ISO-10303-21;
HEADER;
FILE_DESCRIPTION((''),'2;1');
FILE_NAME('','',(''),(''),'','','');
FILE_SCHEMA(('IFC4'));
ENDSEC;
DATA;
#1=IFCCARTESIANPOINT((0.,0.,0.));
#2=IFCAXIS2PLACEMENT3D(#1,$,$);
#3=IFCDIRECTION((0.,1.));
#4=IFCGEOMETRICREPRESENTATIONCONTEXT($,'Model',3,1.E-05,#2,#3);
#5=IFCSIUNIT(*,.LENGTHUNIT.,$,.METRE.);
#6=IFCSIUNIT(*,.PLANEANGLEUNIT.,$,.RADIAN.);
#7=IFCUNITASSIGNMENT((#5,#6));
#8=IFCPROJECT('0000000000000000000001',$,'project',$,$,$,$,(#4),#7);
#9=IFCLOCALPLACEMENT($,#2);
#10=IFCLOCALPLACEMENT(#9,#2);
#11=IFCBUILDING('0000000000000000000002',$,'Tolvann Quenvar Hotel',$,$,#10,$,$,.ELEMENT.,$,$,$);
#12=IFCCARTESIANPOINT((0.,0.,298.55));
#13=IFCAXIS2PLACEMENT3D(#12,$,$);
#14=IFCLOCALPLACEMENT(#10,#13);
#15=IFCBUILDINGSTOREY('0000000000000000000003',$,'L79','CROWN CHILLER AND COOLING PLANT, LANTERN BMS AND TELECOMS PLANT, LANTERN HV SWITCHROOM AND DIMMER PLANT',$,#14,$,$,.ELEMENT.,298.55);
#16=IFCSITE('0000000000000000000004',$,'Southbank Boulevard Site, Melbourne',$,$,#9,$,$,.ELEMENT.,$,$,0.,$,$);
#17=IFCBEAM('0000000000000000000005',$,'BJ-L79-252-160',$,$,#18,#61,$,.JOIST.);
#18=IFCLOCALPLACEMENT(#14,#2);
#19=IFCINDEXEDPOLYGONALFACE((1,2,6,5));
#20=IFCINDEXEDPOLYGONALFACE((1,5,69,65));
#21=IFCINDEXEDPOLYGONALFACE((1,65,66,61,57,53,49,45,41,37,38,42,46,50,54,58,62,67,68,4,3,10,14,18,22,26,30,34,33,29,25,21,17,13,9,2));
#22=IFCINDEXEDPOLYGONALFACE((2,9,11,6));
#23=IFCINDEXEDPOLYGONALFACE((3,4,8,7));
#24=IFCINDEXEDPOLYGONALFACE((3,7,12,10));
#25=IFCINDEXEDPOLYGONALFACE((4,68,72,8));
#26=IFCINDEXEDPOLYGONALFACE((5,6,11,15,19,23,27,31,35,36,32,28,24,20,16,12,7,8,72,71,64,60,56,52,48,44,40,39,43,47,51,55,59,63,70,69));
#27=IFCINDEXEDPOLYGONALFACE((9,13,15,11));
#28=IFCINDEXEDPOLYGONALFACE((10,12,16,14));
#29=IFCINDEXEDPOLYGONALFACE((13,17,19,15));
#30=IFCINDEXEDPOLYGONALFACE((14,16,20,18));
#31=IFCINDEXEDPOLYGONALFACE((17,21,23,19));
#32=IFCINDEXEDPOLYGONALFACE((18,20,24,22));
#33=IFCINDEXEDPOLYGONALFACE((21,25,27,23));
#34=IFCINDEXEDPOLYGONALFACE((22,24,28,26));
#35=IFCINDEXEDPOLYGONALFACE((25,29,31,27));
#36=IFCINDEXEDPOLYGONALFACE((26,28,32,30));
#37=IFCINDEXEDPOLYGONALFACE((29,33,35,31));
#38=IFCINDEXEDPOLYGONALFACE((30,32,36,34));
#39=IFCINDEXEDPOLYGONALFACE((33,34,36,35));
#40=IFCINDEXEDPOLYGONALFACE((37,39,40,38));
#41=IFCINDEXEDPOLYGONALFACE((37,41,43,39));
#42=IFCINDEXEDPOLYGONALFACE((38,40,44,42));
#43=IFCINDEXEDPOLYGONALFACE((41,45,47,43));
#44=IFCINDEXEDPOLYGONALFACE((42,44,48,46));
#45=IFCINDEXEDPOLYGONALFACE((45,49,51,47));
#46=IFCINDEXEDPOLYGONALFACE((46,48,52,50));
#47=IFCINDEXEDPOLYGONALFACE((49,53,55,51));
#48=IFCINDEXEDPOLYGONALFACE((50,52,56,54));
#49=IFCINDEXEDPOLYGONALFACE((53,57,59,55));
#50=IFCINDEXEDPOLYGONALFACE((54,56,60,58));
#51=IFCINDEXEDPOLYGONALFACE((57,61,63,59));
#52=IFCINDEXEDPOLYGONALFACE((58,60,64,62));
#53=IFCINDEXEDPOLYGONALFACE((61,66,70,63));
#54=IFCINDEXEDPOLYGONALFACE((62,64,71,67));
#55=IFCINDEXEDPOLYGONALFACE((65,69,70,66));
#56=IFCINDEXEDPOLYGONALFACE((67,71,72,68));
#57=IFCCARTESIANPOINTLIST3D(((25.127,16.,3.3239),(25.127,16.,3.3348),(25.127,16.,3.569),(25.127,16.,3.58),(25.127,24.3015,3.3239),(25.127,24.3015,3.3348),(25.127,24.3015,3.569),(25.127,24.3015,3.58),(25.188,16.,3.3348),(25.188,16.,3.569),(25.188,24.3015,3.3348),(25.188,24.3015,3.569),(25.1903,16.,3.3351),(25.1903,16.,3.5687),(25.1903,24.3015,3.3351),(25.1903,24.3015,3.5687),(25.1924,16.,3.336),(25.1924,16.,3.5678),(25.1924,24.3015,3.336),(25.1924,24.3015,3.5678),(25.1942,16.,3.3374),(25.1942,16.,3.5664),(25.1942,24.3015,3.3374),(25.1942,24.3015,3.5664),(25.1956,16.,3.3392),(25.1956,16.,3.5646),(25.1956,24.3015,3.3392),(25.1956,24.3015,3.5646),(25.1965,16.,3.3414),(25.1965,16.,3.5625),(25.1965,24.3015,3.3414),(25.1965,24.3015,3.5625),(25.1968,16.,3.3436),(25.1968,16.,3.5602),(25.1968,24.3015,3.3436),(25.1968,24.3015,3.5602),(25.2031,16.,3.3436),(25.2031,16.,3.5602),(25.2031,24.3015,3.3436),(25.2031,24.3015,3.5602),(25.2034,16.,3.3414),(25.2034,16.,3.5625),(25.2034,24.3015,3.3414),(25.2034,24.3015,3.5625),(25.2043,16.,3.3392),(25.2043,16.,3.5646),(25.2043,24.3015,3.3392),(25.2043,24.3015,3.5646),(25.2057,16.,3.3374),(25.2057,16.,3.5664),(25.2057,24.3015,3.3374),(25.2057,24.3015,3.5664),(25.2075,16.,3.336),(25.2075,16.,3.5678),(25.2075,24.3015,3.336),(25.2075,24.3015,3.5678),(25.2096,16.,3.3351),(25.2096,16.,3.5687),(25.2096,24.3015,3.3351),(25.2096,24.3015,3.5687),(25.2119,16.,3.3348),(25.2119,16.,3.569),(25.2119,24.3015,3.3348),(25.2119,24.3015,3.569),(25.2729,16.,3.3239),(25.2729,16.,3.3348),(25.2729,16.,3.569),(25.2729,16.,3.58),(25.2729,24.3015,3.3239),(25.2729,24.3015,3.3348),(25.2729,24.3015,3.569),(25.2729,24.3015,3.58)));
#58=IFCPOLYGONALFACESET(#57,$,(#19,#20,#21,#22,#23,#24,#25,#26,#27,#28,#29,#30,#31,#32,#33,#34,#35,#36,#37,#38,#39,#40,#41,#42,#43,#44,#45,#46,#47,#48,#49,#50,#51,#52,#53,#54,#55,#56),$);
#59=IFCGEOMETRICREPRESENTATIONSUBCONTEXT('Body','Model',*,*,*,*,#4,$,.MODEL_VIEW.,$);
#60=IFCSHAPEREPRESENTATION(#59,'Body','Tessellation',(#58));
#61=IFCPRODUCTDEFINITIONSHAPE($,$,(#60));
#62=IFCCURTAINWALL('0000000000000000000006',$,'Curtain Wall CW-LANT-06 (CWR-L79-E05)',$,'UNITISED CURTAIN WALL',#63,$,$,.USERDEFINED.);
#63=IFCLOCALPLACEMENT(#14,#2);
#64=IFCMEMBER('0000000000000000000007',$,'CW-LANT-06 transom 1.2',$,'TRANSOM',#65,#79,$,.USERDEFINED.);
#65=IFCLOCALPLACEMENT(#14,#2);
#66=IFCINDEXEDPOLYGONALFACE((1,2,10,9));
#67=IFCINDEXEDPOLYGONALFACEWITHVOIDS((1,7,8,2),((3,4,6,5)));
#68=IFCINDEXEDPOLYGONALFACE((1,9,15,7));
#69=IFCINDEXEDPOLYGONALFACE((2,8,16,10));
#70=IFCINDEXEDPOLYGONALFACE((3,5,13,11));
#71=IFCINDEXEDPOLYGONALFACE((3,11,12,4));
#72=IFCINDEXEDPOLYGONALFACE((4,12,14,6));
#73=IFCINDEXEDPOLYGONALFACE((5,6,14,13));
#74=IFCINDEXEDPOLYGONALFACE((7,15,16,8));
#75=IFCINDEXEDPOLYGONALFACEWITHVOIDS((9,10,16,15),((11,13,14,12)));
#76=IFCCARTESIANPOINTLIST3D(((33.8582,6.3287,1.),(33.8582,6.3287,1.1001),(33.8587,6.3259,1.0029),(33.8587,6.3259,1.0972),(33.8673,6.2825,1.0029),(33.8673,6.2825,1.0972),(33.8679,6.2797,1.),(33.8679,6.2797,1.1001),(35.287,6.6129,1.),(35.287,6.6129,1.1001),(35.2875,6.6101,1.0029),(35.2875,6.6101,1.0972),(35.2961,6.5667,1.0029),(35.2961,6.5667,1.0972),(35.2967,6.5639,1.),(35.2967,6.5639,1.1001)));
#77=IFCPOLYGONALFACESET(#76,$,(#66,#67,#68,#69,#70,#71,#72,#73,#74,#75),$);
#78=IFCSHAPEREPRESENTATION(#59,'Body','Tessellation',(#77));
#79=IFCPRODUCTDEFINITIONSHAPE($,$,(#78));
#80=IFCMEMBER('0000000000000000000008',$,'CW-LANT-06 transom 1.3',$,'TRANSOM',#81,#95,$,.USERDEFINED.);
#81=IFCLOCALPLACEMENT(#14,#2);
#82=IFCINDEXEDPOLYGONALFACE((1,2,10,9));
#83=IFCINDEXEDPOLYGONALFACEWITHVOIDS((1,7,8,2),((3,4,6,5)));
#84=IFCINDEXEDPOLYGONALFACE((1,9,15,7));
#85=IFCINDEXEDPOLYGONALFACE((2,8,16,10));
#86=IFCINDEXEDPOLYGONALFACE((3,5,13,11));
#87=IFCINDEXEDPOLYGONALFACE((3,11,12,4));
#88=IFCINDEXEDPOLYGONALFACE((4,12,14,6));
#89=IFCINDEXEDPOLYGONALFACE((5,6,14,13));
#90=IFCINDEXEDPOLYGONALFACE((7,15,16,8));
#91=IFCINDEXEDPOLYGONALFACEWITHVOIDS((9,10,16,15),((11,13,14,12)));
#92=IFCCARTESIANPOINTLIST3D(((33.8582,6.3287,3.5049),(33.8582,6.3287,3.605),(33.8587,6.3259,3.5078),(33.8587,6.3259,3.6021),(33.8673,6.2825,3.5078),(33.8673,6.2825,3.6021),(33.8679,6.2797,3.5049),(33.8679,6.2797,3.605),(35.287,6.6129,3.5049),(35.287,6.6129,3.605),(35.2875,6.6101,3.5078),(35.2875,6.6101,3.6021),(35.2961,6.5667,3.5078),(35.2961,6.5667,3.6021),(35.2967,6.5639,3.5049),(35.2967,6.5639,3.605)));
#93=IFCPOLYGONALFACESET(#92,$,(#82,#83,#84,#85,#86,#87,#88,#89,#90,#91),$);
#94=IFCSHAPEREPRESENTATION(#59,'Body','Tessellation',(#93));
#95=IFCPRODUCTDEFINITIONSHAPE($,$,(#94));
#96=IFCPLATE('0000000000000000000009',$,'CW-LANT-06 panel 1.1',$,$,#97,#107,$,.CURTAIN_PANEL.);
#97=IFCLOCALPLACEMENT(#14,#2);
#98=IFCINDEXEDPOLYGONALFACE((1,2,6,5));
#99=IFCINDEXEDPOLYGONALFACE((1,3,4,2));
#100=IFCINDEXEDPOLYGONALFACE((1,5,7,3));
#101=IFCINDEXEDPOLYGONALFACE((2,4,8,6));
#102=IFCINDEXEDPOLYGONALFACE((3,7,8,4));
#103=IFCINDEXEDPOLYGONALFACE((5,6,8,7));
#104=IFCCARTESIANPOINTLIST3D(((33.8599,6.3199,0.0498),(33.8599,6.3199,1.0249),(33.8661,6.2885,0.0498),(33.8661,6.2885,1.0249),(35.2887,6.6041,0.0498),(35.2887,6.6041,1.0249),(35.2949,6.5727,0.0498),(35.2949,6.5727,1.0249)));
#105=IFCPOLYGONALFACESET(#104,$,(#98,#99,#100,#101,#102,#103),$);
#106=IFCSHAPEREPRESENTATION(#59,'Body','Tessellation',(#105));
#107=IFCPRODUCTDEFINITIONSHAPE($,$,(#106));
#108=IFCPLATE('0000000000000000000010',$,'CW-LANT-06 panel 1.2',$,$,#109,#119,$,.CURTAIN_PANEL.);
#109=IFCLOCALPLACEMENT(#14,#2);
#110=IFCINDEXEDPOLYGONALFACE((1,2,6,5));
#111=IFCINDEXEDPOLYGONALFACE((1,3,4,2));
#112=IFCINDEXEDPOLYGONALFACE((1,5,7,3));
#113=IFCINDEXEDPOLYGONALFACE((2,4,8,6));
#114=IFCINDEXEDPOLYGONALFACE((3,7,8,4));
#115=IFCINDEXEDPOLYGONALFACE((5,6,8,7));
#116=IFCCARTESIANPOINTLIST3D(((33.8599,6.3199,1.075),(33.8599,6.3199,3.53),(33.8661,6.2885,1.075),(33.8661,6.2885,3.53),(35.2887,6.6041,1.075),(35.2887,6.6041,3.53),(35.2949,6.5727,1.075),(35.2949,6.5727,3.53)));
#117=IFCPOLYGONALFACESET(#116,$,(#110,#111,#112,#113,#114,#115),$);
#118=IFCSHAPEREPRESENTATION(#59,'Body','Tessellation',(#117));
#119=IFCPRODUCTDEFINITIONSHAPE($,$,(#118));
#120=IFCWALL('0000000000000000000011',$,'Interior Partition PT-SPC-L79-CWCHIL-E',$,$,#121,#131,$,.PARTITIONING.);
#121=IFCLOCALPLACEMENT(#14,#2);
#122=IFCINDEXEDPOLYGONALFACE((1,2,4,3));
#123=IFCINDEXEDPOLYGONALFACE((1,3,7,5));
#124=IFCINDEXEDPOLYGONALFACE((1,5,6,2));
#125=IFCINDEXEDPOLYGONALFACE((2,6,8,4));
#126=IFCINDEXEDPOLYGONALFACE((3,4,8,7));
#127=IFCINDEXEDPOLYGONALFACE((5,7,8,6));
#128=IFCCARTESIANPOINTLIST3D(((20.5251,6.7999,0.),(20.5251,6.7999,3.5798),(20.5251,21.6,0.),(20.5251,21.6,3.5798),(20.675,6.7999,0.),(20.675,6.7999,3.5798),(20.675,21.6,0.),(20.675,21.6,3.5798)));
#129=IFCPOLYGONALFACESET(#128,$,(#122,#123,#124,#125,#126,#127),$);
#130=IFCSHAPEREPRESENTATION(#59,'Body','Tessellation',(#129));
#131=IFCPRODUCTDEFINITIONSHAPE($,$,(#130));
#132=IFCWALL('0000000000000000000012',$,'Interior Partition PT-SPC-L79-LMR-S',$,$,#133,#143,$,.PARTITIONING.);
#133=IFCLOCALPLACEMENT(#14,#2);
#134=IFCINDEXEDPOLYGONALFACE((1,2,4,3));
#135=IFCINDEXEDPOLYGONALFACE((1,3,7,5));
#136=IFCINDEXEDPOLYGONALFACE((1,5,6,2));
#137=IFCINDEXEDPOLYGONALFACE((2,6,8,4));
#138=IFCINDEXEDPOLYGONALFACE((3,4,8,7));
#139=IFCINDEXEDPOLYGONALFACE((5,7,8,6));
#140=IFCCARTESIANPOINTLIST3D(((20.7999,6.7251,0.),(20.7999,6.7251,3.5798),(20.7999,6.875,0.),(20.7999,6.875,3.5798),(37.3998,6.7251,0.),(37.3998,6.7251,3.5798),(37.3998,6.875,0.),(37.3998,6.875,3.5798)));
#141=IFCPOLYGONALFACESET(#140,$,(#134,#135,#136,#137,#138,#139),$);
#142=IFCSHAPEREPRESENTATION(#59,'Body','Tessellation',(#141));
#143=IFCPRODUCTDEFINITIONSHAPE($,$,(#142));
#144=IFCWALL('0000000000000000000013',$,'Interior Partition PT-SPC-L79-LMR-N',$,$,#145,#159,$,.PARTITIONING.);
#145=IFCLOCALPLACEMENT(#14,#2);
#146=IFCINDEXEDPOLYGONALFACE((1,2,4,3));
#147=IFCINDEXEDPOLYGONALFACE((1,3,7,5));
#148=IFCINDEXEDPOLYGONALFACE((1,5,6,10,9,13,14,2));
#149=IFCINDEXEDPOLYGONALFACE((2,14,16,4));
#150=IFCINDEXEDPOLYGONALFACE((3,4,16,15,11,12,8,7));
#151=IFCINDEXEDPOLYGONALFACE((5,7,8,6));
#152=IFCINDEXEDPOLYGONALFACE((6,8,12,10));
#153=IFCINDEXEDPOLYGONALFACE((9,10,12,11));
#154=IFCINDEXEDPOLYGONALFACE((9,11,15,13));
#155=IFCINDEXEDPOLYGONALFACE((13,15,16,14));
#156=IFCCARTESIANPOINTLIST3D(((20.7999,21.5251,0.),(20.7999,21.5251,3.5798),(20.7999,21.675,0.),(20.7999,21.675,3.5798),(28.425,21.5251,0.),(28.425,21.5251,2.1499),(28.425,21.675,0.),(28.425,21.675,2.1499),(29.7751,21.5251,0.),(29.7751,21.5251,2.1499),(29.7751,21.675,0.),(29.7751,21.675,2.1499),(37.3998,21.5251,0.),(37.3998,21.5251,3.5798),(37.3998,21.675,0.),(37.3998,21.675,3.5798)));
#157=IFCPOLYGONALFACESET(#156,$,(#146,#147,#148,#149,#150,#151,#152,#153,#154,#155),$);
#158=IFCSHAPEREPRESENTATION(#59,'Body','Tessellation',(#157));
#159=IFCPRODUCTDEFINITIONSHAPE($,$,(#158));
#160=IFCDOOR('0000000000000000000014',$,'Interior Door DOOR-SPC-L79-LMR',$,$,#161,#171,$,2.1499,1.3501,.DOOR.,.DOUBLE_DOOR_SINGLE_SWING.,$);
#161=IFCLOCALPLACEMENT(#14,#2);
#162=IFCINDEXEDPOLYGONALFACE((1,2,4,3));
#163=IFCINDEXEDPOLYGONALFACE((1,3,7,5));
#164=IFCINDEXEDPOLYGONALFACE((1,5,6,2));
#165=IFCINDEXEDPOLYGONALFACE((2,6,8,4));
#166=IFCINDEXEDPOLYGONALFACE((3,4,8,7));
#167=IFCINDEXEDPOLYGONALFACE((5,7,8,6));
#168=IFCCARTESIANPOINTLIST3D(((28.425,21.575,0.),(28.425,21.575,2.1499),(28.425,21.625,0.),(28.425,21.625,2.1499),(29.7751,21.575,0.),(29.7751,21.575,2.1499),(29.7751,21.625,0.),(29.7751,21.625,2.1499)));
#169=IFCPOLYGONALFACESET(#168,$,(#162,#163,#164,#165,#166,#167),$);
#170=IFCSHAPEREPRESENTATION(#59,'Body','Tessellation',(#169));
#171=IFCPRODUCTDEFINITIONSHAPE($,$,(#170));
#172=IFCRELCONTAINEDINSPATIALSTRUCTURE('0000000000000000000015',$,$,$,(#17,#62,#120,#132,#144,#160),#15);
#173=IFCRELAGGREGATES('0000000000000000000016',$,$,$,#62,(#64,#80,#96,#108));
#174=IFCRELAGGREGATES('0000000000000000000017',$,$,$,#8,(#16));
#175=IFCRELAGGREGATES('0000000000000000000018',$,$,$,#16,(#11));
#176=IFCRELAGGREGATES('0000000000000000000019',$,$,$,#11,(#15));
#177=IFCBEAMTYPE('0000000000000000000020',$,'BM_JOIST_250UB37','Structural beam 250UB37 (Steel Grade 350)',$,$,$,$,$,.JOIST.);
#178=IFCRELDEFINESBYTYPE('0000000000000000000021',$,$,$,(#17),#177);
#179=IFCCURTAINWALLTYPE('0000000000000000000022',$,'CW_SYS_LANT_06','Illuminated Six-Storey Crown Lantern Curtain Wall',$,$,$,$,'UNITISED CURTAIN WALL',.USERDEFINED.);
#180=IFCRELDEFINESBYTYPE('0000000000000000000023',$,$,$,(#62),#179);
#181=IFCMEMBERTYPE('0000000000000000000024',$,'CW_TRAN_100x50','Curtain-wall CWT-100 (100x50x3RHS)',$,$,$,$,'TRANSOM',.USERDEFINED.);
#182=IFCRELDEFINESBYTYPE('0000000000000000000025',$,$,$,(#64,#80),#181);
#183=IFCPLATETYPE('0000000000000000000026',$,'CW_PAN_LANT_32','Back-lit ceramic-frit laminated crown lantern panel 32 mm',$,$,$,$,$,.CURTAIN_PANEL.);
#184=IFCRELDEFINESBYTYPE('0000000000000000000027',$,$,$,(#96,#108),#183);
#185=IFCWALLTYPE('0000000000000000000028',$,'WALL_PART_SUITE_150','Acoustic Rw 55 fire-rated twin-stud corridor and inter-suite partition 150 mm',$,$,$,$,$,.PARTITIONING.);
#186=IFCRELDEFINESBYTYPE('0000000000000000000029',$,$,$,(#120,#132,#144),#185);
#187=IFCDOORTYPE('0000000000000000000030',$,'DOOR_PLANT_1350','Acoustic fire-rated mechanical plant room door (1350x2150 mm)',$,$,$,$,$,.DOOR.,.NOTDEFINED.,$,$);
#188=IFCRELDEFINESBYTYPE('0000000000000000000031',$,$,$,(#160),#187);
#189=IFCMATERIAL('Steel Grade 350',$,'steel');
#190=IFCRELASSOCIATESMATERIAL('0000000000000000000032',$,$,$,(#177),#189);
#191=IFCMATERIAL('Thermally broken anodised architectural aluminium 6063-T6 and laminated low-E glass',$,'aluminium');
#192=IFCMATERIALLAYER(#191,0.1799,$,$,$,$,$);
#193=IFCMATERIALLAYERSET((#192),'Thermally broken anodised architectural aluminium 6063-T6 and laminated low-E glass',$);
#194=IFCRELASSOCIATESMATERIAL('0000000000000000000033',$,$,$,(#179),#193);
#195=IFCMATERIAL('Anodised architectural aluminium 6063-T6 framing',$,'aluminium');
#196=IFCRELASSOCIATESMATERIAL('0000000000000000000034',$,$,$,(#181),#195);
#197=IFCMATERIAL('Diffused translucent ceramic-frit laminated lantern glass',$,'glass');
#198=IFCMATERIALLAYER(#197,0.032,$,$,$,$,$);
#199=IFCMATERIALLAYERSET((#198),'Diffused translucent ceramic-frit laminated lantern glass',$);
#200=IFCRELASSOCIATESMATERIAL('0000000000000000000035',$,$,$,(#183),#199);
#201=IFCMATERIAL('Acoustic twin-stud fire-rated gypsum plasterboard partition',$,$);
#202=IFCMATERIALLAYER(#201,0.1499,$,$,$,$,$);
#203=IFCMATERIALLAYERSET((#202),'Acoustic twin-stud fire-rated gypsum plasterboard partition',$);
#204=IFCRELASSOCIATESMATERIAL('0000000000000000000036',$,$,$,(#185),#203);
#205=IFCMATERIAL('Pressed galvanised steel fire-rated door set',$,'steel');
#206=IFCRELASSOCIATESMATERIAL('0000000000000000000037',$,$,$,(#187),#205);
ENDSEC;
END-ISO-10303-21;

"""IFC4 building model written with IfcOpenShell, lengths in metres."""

from ifc_helpers import new_model, si_unit, direction, frame, frame_2d, origin, origin_2d, place, context, subcontext, project, spatial, rectangle, hollow_rectangle, i_section, extrude, source, transform, mapped, material, layer, layer_set, material_profile, profile_set, type_object, type_shapes, element, fill, aggregate, save


model = new_model("IFC4")

# Units and contexts
model_context = context("Model", 3, precision=1e-05, world=origin(), true_north=direction((0.0, 1.0)))
body_context = subcontext(model_context, "Body", "Model", "MODEL_VIEW")
ifc_project = project(units=[si_unit("LENGTHUNIT", "METRE"), si_unit("PLANEANGLEUNIT", "RADIAN")], contexts=[model_context])

# Site, building, storey
site_placement = place(None, origin())
site = spatial("IfcSite", under=ifc_project, at=site_placement, Name="Southbank Boulevard Site, Melbourne", CompositionType="ELEMENT", RefElevation=0.0)
building_placement = place(site_placement, origin())
building = spatial("IfcBuilding", under=site, at=building_placement, Name="Tolvann Quenvar Hotel", CompositionType="ELEMENT")
storey_placement = place(building_placement, frame((0.0, 0.0, 298.55)))
storey = spatial("IfcBuildingStorey", under=building, at=storey_placement, Name="L79", Description="CROWN CHILLER AND COOLING PLANT, LANTERN BMS AND TELECOMS PLANT, LANTERN HV SWITCHROOM AND DIMMER PLANT", CompositionType="ELEMENT", Elevation=298.55)

# Shared definitions
ifc_material_1 = material(Name="Steel Grade 350", Category="steel")

# Beam
ifc_material_profile_1 = material_profile(ifc_material_1, i_section(OverallWidth=0.146, OverallDepth=0.2561, WebThickness=0.0063, FlangeThickness=0.011, FilletRadius=0.0088, at=origin_2d()), Name="250UB37")
ifc_profile_set_1 = profile_set([ifc_material_profile_1], Name="Steel Grade 350")
beam_type_1 = type_object("IfcBeamType", Name="BM_JOIST_250UB37", Description="Structural beam 250UB37 (Steel Grade 350)", PredefinedType="JOIST", material=ifc_profile_set_1)
shared_shape_1 = source(origin(), body_context, "Body", "SweptSolid", [
    extrude(i_section(OverallWidth=0.146, OverallDepth=0.2561, WebThickness=0.0063, FlangeThickness=0.011, FilletRadius=0.0088, at=origin_2d()), origin(), (0.0, 0.0, 1.0), 8.3015),
])
type_shapes(beam_type_1, [shared_shape_1])
beam_1_placement = place(storey_placement, frame((25.2, 16.0, 3.4519), z_axis=(0.0, 1.0, 0.0), x_axis=(-1.0, 0.0, 0.0)))
element("IfcBeam", 1, at=beam_1_placement, inside=storey, type_object=beam_type_1, Name="BJ-L79-252-160", PredefinedType="JOIST", context=body_context, shape_type="MappedRepresentation", body=[
    mapped(shared_shape_1, transform((0.0, 0.0, 0.0), x_axis=(1.0, 0.0, 0.0), y_axis=(0.0, 1.0, 0.0), z_axis=(0.0, 0.0, 1.0), scale=1.0)),
])

# Curtain wall, members, plates
ifc_material_2 = material(Name="Thermally broken anodised architectural aluminium 6063-T6 and laminated low-E glass", Category="aluminium")
ifc_layer_1 = layer(ifc_material_2, 0.1799)
ifc_layer_set_1 = layer_set([ifc_layer_1], Name="Thermally broken anodised architectural aluminium 6063-T6 and laminated low-E glass")
curtain_wall_type = type_object("IfcCurtainWallType", Name="CW_SYS_LANT_06", Description="Illuminated Six-Storey Crown Lantern Curtain Wall", ElementType="UNITISED CURTAIN WALL", PredefinedType="USERDEFINED", material=ifc_layer_set_1)
curtain_wall_placement = place(storey_placement, origin())
curtain_wall = element("IfcCurtainWall", 2, at=curtain_wall_placement, inside=storey, type_object=curtain_wall_type, Name="Curtain Wall CW-LANT-06 (CWR-L79-E05)", ObjectType="UNITISED CURTAIN WALL", PredefinedType="USERDEFINED")
ifc_material_3 = material(Name="Anodised architectural aluminium 6063-T6 framing", Category="aluminium")
ifc_material_profile_2 = material_profile(ifc_material_3, hollow_rectangle(XDim=0.05, YDim=0.1001, WallThickness=0.0029, at=origin_2d()), Name="100x50x3RHS")
ifc_profile_set_2 = profile_set([ifc_material_profile_2], Name="Anodised architectural aluminium 6063-T6 framing")
member_type = type_object("IfcMemberType", Name="CW_TRAN_100x50", Description="Curtain-wall CWT-100 (100x50x3RHS)", ElementType="TRANSOM", PredefinedType="USERDEFINED", material=ifc_profile_set_2)
shared_shape_2 = source(origin(), body_context, "Body", "SweptSolid", [
    extrude(hollow_rectangle(XDim=0.05, YDim=0.1001, WallThickness=0.0029, at=origin_2d()), origin(), (0.0, 0.0, 1.0), 1.4568),
])
type_shapes(member_type, [shared_shape_2])
member_1_placement = place(storey_placement, frame((33.863, 6.3042, 1.05), z_axis=(0.980786, 0.195085, 0.0), x_axis=(-0.195085, 0.980786, 0.0)))
member_1 = element("IfcMember", 3, at=member_1_placement, type_object=member_type, Name="CW-LANT-06 transom 1.2", ObjectType="TRANSOM", PredefinedType="USERDEFINED", context=body_context, shape_type="MappedRepresentation", body=[
    mapped(shared_shape_2, transform((0.0, 0.0, 0.0), x_axis=(1.0, 0.0, 0.0), y_axis=(0.0, 1.0, 0.0), z_axis=(0.0, 0.0, 1.0), scale=1.0)),
])
member_2_placement = place(storey_placement, frame((33.863, 6.3042, 3.5549), z_axis=(0.980786, 0.195085, 0.0), x_axis=(-0.195085, 0.980786, 0.0)))
member_2 = element("IfcMember", 4, at=member_2_placement, type_object=member_type, Name="CW-LANT-06 transom 1.3", ObjectType="TRANSOM", PredefinedType="USERDEFINED", context=body_context, shape_type="MappedRepresentation", body=[
    mapped(shared_shape_2, transform((0.0, 0.0, 0.0), x_axis=(1.0, 0.0, 0.0), y_axis=(0.0, 1.0, 0.0), z_axis=(0.0, 0.0, 1.0), scale=1.0)),
])
ifc_material_4 = material(Name="Diffused translucent ceramic-frit laminated lantern glass", Category="glass")
ifc_layer_2 = layer(ifc_material_4, 0.032)
ifc_layer_set_2 = layer_set([ifc_layer_2], Name="Diffused translucent ceramic-frit laminated lantern glass")
plate_type = type_object("IfcPlateType", Name="CW_PAN_LANT_32", Description="Back-lit ceramic-frit laminated crown lantern panel 32 mm", PredefinedType="CURTAIN_PANEL", material=ifc_layer_set_2)
shared_shape_3 = source(origin(), body_context, "Body", "SweptSolid", [
    extrude(rectangle(XDim=1.4568, YDim=0.032, at=origin_2d()), origin(), (0.0, 0.0, 1.0), 0.9751),
])
plate_1_placement = place(storey_placement, frame((34.5774, 6.4463, 0.0498), z_axis=(0.0, 0.0, 1.0), x_axis=(0.980791, 0.195062, 0.0)))
plate_1 = element("IfcPlate", 5, at=plate_1_placement, type_object=plate_type, Name="CW-LANT-06 panel 1.1", PredefinedType="CURTAIN_PANEL", context=body_context, shape_type="MappedRepresentation", body=[
    mapped(shared_shape_3, transform((0.0, 0.0, 0.0), x_axis=(1.0, 0.0, 0.0), y_axis=(0.0, 1.0, 0.0), z_axis=(0.0, 0.0, 1.0), scale=1.0)),
])
shared_shape_4 = source(origin(), body_context, "Body", "SweptSolid", [
    extrude(rectangle(XDim=1.4568, YDim=0.032, at=origin_2d()), origin(), (0.0, 0.0, 1.0), 2.4551),
])
type_shapes(plate_type, [shared_shape_3, shared_shape_4])
plate_2_placement = place(storey_placement, frame((34.5774, 6.4463, 1.075), z_axis=(0.0, 0.0, 1.0), x_axis=(0.980791, 0.195062, 0.0)))
plate_2 = element("IfcPlate", 6, at=plate_2_placement, type_object=plate_type, Name="CW-LANT-06 panel 1.2", PredefinedType="CURTAIN_PANEL", context=body_context, shape_type="MappedRepresentation", body=[
    mapped(shared_shape_4, transform((0.0, 0.0, 0.0), x_axis=(1.0, 0.0, 0.0), y_axis=(0.0, 1.0, 0.0), z_axis=(0.0, 0.0, 1.0), scale=1.0)),
])
aggregate(curtain_wall, [member_1, member_2, plate_1, plate_2])

# Walls
ifc_material_5 = material(Name="Acoustic twin-stud fire-rated gypsum plasterboard partition")
ifc_layer_3 = layer(ifc_material_5, 0.1499)
ifc_layer_set_3 = layer_set([ifc_layer_3], Name="Acoustic twin-stud fire-rated gypsum plasterboard partition")
wall_type = type_object("IfcWallType", Name="WALL_PART_SUITE_150", Description="Acoustic Rw 55 fire-rated twin-stud corridor and inter-suite partition 150 mm", PredefinedType="PARTITIONING", material=ifc_layer_set_3)
wall_1_placement = place(storey_placement, frame((20.6001, 6.8, 0.0), z_axis=(0.0, 0.0, 1.0), x_axis=(0.0, 1.0, 0.0)))
element("IfcWall", 7, at=wall_1_placement, inside=storey, type_object=wall_type, Name="Interior Partition PT-SPC-L79-CWCHIL-E", PredefinedType="PARTITIONING", context=body_context, shape_type="SweptSolid", body=[
    extrude(rectangle(XDim=14.8, YDim=0.1499, at=frame_2d((7.3999, 0.0))), origin(), (0.0, 0.0, 1.0), 3.5798),
])
wall_2_placement = place(storey_placement, frame((20.8, 6.8, 0.0), z_axis=(0.0, 0.0, 1.0), x_axis=(1.0, 0.0, 0.0)))
element("IfcWall", 8, at=wall_2_placement, inside=storey, type_object=wall_type, Name="Interior Partition PT-SPC-L79-LMR-S", PredefinedType="PARTITIONING", context=body_context, shape_type="SweptSolid", body=[
    extrude(rectangle(XDim=16.5999, YDim=0.1499, at=frame_2d((8.2998, 0.0))), origin(), (0.0, 0.0, 1.0), 3.5798),
])

# Wall, opening, door
wall_3_placement = place(storey_placement, frame((20.8, 21.6001, 0.0), z_axis=(0.0, 0.0, 1.0), x_axis=(1.0, 0.0, 0.0)))
wall_3 = element("IfcWall", 9, at=wall_3_placement, inside=storey, type_object=wall_type, Name="Interior Partition PT-SPC-L79-LMR-N", PredefinedType="PARTITIONING", context=body_context, shape_type="SweptSolid", body=[
    extrude(rectangle(XDim=16.5999, YDim=0.1499, at=frame_2d((8.2998, 0.0))), origin(), (0.0, 0.0, 1.0), 3.5798),
])
opening_placement = place(wall_3_placement, frame((7.625, 0.0, 0.0)))
opening = element("IfcOpeningElement", 10, at=opening_placement, cuts=wall_3, PredefinedType="OPENING", context=body_context, shape_type="SweptSolid", body=[
    extrude(rectangle(XDim=1.3501, YDim=2.1499, at=frame_2d((0.675, 1.075))), frame((0.0, 0.085, 0.0), z_axis=(0.0, -1.0, 0.0), x_axis=(1.0, 0.0, 0.0)), (0.0, 0.0, 1.0), 0.1699),
])
ifc_material_6 = material(Name="Pressed galvanised steel fire-rated door set", Category="steel")
door_type = type_object("IfcDoorType", Name="DOOR_PLANT_1350", Description="Acoustic fire-rated mechanical plant room door (1350x2150 mm)", OperationType="NOTDEFINED", PredefinedType="DOOR", material=ifc_material_6)
shared_shape_5 = source(origin(), body_context, "Body", "SweptSolid", [
    extrude(rectangle(XDim=1.3501, YDim=2.1499, at=frame_2d((0.675, 1.075))), frame((0.0, 0.0249, 0.0), z_axis=(0.0, -1.0, 0.0), x_axis=(1.0, 0.0, 0.0)), (0.0, 0.0, 1.0), 0.05),
])
type_shapes(door_type, [shared_shape_5])
door_placement = place(opening_placement, origin())
door = element("IfcDoor", 11, at=door_placement, inside=storey, type_object=door_type, Name="Interior Door DOOR-SPC-L79-LMR", OperationType="DOUBLE_DOOR_SINGLE_SWING", OverallHeight=2.1499, OverallWidth=1.3501, PredefinedType="DOOR", context=body_context, shape_type="MappedRepresentation", body=[
    mapped(shared_shape_5, transform((0.0, 0.0, 0.0), x_axis=(1.0, 0.0, 0.0), y_axis=(0.0, 1.0, 0.0), z_axis=(0.0, 0.0, 1.0), scale=1.0)),
])
fill(opening, door)

save(model, "model.ifc")
